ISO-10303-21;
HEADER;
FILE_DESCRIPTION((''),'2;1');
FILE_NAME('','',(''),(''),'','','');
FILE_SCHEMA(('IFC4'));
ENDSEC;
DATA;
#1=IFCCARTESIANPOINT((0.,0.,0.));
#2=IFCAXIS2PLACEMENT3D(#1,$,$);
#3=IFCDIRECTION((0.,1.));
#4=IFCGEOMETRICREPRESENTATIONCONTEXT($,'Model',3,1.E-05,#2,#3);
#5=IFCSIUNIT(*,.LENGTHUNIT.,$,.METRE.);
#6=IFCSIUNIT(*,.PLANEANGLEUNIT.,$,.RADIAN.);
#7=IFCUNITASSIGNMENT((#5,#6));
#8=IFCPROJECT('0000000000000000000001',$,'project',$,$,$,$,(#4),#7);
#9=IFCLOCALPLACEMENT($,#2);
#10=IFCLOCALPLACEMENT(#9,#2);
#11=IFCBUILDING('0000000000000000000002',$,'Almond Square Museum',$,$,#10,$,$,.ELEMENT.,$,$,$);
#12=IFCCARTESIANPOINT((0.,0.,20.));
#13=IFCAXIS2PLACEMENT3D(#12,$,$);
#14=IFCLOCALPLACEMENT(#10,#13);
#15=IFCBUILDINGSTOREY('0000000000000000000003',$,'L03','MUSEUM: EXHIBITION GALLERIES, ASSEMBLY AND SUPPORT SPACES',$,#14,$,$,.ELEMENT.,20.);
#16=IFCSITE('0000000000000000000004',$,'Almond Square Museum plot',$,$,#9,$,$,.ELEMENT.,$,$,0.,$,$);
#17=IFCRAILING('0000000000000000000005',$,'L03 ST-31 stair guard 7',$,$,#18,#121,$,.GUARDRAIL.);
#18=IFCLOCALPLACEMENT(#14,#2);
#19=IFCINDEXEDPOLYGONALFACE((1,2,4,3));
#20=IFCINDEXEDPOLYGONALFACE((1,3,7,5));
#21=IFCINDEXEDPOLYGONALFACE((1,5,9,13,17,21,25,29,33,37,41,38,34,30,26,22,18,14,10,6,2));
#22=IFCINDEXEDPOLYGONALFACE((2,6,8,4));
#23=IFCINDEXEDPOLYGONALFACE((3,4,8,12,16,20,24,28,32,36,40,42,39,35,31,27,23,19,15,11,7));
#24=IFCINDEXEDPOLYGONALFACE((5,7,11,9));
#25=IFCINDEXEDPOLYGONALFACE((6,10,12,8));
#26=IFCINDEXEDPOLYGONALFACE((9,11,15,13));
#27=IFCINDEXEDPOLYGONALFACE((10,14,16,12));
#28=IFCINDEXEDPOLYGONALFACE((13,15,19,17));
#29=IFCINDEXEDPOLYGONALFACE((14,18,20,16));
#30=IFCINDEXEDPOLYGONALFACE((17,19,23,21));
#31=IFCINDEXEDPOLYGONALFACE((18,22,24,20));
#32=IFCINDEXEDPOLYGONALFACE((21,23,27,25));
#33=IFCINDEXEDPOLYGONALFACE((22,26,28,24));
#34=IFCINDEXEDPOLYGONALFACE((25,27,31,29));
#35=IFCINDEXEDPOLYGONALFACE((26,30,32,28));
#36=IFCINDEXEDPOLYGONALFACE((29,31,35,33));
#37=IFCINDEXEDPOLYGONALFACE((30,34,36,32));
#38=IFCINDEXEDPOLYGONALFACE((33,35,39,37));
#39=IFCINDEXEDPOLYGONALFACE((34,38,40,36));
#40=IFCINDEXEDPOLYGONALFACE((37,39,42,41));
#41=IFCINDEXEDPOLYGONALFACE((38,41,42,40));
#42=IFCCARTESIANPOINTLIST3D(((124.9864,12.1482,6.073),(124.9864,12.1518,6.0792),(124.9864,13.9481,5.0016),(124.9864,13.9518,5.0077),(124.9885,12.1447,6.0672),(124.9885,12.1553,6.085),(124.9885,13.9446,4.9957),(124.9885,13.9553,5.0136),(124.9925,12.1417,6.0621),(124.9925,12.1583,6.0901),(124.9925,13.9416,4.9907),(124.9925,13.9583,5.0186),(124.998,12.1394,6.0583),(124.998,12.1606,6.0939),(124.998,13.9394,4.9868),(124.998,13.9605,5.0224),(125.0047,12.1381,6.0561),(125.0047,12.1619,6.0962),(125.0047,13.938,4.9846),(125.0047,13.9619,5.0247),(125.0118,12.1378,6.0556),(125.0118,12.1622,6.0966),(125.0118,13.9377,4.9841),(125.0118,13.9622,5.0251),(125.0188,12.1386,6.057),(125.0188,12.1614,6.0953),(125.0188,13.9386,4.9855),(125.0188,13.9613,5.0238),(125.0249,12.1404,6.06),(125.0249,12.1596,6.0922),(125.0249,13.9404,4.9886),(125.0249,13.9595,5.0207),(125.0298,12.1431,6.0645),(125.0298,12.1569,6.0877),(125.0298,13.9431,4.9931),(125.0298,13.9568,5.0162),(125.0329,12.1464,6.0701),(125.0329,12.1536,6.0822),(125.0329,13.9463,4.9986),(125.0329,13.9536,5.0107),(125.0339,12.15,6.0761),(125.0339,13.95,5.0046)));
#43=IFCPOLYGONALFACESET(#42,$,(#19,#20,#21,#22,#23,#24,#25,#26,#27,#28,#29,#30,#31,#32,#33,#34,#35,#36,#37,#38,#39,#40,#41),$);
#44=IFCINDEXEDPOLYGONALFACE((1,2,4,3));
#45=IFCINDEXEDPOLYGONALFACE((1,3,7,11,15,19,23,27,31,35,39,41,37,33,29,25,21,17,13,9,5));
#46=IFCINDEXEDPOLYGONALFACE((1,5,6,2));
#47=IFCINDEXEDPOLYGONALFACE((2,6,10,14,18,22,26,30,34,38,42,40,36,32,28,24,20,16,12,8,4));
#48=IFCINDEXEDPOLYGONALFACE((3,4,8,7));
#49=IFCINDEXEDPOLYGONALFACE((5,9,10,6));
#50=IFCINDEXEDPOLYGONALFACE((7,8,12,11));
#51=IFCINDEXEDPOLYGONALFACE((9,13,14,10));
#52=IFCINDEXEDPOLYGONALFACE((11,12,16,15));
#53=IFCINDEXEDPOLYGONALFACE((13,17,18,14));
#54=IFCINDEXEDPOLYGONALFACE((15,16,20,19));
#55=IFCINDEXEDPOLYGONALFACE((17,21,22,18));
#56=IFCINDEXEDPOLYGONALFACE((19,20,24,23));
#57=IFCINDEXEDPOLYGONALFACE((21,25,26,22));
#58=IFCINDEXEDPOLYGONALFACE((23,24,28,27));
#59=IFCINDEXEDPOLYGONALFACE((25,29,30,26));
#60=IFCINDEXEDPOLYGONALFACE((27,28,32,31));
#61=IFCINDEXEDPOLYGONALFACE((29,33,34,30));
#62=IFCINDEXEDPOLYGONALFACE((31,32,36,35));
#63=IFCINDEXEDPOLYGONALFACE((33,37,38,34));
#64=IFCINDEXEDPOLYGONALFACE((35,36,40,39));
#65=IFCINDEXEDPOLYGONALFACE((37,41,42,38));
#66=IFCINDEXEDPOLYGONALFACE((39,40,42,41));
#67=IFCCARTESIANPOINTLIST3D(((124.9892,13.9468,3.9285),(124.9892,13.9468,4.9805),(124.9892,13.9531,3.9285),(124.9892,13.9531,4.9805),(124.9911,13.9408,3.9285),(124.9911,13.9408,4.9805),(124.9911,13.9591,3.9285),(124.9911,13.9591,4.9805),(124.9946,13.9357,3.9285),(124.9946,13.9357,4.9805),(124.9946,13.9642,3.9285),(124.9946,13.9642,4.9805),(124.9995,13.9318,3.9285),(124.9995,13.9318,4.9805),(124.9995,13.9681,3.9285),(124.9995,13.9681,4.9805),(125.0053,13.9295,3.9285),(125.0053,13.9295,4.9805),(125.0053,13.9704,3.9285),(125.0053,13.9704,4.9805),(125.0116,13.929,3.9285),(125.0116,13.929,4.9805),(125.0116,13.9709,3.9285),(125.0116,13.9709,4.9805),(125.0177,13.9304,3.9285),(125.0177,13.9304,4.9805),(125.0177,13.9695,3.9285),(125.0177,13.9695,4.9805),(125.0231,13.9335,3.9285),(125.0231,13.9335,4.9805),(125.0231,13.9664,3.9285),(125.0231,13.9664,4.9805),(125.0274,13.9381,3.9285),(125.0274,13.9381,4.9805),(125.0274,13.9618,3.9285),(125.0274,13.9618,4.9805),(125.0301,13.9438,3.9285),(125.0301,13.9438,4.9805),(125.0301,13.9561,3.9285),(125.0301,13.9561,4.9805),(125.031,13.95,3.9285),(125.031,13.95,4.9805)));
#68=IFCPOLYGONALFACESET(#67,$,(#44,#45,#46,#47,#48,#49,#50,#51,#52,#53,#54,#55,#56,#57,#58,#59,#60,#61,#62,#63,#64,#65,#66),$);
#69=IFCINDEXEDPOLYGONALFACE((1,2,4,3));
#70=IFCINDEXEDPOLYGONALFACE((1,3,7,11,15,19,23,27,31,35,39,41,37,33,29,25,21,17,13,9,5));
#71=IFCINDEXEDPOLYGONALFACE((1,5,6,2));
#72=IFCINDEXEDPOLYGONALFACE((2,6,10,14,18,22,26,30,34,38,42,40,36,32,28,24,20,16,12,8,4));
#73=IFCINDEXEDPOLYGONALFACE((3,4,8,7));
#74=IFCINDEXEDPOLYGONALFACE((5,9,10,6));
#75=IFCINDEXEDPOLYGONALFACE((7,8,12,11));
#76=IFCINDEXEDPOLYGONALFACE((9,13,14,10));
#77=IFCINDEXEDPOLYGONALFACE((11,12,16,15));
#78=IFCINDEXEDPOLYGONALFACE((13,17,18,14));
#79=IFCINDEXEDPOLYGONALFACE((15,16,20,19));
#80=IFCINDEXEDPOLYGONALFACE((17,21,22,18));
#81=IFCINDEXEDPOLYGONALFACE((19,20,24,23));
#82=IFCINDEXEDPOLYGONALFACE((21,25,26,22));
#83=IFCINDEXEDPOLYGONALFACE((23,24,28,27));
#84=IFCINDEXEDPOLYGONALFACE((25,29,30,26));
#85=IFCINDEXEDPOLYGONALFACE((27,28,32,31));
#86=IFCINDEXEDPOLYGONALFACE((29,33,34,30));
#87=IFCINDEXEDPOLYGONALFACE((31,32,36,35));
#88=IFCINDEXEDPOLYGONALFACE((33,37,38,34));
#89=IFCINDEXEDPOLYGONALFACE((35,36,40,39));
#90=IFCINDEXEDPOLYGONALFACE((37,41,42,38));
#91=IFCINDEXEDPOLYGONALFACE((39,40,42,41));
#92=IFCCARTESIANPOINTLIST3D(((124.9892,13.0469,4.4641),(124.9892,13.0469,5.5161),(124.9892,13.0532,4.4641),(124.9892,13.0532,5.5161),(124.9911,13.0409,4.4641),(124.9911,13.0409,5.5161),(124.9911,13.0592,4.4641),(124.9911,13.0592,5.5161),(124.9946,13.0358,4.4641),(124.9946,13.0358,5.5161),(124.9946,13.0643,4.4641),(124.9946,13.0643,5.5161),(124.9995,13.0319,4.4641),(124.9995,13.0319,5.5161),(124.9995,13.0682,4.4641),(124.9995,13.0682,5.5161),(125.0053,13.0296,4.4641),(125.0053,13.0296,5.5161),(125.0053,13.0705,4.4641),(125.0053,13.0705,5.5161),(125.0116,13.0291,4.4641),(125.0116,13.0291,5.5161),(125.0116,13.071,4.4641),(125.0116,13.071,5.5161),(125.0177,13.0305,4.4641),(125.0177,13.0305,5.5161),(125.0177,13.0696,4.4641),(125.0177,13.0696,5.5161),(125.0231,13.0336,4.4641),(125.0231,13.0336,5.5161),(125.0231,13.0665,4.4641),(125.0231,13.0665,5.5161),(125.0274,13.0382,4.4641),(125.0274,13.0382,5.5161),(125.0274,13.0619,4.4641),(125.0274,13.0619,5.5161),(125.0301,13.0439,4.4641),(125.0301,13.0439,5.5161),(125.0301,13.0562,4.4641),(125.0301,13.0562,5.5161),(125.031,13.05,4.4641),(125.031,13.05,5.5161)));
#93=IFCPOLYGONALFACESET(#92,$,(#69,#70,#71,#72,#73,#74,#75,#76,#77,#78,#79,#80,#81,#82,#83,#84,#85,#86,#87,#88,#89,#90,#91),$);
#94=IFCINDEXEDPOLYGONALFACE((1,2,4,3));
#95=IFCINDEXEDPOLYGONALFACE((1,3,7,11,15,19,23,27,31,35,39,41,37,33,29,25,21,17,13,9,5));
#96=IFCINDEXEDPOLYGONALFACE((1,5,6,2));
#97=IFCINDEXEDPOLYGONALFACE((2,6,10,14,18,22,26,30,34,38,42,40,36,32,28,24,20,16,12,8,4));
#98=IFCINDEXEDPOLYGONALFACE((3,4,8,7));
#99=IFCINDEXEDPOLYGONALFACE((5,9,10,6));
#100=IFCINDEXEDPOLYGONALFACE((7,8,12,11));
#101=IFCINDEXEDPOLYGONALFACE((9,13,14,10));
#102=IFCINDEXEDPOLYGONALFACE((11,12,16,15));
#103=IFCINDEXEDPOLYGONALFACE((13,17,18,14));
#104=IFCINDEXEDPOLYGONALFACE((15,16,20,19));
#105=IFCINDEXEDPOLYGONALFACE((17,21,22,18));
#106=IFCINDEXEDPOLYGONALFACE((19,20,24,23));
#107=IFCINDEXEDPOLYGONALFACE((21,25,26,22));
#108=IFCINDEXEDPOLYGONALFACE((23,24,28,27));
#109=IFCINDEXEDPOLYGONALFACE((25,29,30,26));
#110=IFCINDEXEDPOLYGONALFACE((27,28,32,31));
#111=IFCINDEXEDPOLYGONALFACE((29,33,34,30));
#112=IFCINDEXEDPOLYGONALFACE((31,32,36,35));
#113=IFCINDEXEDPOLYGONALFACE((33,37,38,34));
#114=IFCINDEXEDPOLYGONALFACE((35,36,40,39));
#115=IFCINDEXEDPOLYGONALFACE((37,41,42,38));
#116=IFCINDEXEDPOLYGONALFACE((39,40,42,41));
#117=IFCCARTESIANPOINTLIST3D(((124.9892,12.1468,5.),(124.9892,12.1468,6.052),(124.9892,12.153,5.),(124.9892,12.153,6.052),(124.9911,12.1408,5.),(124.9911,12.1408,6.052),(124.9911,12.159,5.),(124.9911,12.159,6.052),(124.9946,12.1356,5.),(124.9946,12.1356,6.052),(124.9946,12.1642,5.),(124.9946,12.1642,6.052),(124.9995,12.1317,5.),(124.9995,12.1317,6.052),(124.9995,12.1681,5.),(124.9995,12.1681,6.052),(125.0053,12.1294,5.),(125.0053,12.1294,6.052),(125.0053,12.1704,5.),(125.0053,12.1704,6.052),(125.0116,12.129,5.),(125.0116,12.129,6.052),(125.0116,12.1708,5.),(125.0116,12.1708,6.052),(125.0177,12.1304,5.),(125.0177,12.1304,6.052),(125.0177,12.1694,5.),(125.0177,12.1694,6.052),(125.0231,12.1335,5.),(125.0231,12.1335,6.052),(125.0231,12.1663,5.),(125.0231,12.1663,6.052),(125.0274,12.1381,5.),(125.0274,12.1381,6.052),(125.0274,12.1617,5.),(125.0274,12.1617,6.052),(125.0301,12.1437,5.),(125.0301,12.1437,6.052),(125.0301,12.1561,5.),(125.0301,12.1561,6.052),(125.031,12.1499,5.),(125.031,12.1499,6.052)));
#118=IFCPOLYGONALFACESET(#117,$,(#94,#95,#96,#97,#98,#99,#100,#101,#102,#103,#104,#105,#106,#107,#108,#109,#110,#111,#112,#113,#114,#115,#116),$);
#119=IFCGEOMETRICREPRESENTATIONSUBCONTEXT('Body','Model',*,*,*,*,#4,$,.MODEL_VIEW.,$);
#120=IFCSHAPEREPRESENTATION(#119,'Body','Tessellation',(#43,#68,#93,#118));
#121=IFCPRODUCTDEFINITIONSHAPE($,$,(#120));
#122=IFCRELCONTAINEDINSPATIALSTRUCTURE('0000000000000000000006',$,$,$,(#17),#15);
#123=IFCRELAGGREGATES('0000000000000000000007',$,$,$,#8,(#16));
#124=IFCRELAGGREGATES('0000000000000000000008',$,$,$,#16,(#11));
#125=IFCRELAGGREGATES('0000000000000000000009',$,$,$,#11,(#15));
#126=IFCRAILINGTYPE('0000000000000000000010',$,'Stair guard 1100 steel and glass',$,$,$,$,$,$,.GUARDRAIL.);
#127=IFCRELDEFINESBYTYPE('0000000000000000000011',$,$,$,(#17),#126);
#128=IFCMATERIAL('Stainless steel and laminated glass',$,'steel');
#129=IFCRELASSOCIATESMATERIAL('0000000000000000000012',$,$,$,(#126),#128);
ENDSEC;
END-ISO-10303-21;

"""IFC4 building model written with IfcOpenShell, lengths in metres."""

from ifc_helpers import new_model, si_unit, direction, frame, origin, origin_2d, place, context, subcontext, project, spatial, circle, extrude, material, type_object, element, save


model = new_model("IFC4")

# Units and contexts
model_context = context("Model", 3, precision=1e-05, world=origin(), true_north=direction((0.0, 1.0)))
body_context = subcontext(model_context, "Body", "Model", "MODEL_VIEW")
ifc_project = project(units=[si_unit("LENGTHUNIT", "METRE"), si_unit("PLANEANGLEUNIT", "RADIAN")], contexts=[model_context])

# Site, building, storey
site_placement = place(None, origin())
site = spatial("IfcSite", under=ifc_project, at=site_placement, Name="Almond Square Museum plot", CompositionType="ELEMENT", RefElevation=0.0)
building_placement = place(site_placement, origin())
building = spatial("IfcBuilding", under=site, at=building_placement, Name="Almond Square Museum", CompositionType="ELEMENT")
storey_placement = place(building_placement, frame((0.0, 0.0, 20.0)))
storey = spatial("IfcBuildingStorey", under=building, at=storey_placement, Name="L03", Description="MUSEUM: EXHIBITION GALLERIES, ASSEMBLY AND SUPPORT SPACES", CompositionType="ELEMENT", Elevation=20.0)

# Railing
ifc_material_1 = material(Name="Stainless steel and laminated glass", Category="steel")
railing_type_1 = type_object("IfcRailingType", Name="Stair guard 1100 steel and glass", PredefinedType="GUARDRAIL", material=ifc_material_1)
railing_1_placement = place(storey_placement, frame((125.01, 13.95, 3.9285)))
element("IfcRailing", 1, at=railing_1_placement, inside=storey, type_object=railing_type_1, Name="L03 ST-31 stair guard 7", PredefinedType="GUARDRAIL", context=body_context, shape_type="SweptSolid", body=[
    extrude(circle(Radius=0.0239, at=origin_2d()), frame((0.0, 0.0, 1.0762), z_axis=(0.0, -0.859277, 0.51151), x_axis=(1.0, 0.0, 0.0)), (0.0, 0.0, 1.0), 2.0947),
    extrude(circle(Radius=0.021, at=origin_2d()), origin(), (0.0, 0.0, 1.0), 1.052),
    extrude(circle(Radius=0.021, at=origin_2d()), frame((0.0, -0.8999, 0.5356)), (0.0, 0.0, 1.0), 1.052),
    extrude(circle(Radius=0.021, at=origin_2d()), frame((0.0, -1.8, 1.0715)), (0.0, 0.0, 1.0), 1.052),
])

save(model, "model.ifc")
